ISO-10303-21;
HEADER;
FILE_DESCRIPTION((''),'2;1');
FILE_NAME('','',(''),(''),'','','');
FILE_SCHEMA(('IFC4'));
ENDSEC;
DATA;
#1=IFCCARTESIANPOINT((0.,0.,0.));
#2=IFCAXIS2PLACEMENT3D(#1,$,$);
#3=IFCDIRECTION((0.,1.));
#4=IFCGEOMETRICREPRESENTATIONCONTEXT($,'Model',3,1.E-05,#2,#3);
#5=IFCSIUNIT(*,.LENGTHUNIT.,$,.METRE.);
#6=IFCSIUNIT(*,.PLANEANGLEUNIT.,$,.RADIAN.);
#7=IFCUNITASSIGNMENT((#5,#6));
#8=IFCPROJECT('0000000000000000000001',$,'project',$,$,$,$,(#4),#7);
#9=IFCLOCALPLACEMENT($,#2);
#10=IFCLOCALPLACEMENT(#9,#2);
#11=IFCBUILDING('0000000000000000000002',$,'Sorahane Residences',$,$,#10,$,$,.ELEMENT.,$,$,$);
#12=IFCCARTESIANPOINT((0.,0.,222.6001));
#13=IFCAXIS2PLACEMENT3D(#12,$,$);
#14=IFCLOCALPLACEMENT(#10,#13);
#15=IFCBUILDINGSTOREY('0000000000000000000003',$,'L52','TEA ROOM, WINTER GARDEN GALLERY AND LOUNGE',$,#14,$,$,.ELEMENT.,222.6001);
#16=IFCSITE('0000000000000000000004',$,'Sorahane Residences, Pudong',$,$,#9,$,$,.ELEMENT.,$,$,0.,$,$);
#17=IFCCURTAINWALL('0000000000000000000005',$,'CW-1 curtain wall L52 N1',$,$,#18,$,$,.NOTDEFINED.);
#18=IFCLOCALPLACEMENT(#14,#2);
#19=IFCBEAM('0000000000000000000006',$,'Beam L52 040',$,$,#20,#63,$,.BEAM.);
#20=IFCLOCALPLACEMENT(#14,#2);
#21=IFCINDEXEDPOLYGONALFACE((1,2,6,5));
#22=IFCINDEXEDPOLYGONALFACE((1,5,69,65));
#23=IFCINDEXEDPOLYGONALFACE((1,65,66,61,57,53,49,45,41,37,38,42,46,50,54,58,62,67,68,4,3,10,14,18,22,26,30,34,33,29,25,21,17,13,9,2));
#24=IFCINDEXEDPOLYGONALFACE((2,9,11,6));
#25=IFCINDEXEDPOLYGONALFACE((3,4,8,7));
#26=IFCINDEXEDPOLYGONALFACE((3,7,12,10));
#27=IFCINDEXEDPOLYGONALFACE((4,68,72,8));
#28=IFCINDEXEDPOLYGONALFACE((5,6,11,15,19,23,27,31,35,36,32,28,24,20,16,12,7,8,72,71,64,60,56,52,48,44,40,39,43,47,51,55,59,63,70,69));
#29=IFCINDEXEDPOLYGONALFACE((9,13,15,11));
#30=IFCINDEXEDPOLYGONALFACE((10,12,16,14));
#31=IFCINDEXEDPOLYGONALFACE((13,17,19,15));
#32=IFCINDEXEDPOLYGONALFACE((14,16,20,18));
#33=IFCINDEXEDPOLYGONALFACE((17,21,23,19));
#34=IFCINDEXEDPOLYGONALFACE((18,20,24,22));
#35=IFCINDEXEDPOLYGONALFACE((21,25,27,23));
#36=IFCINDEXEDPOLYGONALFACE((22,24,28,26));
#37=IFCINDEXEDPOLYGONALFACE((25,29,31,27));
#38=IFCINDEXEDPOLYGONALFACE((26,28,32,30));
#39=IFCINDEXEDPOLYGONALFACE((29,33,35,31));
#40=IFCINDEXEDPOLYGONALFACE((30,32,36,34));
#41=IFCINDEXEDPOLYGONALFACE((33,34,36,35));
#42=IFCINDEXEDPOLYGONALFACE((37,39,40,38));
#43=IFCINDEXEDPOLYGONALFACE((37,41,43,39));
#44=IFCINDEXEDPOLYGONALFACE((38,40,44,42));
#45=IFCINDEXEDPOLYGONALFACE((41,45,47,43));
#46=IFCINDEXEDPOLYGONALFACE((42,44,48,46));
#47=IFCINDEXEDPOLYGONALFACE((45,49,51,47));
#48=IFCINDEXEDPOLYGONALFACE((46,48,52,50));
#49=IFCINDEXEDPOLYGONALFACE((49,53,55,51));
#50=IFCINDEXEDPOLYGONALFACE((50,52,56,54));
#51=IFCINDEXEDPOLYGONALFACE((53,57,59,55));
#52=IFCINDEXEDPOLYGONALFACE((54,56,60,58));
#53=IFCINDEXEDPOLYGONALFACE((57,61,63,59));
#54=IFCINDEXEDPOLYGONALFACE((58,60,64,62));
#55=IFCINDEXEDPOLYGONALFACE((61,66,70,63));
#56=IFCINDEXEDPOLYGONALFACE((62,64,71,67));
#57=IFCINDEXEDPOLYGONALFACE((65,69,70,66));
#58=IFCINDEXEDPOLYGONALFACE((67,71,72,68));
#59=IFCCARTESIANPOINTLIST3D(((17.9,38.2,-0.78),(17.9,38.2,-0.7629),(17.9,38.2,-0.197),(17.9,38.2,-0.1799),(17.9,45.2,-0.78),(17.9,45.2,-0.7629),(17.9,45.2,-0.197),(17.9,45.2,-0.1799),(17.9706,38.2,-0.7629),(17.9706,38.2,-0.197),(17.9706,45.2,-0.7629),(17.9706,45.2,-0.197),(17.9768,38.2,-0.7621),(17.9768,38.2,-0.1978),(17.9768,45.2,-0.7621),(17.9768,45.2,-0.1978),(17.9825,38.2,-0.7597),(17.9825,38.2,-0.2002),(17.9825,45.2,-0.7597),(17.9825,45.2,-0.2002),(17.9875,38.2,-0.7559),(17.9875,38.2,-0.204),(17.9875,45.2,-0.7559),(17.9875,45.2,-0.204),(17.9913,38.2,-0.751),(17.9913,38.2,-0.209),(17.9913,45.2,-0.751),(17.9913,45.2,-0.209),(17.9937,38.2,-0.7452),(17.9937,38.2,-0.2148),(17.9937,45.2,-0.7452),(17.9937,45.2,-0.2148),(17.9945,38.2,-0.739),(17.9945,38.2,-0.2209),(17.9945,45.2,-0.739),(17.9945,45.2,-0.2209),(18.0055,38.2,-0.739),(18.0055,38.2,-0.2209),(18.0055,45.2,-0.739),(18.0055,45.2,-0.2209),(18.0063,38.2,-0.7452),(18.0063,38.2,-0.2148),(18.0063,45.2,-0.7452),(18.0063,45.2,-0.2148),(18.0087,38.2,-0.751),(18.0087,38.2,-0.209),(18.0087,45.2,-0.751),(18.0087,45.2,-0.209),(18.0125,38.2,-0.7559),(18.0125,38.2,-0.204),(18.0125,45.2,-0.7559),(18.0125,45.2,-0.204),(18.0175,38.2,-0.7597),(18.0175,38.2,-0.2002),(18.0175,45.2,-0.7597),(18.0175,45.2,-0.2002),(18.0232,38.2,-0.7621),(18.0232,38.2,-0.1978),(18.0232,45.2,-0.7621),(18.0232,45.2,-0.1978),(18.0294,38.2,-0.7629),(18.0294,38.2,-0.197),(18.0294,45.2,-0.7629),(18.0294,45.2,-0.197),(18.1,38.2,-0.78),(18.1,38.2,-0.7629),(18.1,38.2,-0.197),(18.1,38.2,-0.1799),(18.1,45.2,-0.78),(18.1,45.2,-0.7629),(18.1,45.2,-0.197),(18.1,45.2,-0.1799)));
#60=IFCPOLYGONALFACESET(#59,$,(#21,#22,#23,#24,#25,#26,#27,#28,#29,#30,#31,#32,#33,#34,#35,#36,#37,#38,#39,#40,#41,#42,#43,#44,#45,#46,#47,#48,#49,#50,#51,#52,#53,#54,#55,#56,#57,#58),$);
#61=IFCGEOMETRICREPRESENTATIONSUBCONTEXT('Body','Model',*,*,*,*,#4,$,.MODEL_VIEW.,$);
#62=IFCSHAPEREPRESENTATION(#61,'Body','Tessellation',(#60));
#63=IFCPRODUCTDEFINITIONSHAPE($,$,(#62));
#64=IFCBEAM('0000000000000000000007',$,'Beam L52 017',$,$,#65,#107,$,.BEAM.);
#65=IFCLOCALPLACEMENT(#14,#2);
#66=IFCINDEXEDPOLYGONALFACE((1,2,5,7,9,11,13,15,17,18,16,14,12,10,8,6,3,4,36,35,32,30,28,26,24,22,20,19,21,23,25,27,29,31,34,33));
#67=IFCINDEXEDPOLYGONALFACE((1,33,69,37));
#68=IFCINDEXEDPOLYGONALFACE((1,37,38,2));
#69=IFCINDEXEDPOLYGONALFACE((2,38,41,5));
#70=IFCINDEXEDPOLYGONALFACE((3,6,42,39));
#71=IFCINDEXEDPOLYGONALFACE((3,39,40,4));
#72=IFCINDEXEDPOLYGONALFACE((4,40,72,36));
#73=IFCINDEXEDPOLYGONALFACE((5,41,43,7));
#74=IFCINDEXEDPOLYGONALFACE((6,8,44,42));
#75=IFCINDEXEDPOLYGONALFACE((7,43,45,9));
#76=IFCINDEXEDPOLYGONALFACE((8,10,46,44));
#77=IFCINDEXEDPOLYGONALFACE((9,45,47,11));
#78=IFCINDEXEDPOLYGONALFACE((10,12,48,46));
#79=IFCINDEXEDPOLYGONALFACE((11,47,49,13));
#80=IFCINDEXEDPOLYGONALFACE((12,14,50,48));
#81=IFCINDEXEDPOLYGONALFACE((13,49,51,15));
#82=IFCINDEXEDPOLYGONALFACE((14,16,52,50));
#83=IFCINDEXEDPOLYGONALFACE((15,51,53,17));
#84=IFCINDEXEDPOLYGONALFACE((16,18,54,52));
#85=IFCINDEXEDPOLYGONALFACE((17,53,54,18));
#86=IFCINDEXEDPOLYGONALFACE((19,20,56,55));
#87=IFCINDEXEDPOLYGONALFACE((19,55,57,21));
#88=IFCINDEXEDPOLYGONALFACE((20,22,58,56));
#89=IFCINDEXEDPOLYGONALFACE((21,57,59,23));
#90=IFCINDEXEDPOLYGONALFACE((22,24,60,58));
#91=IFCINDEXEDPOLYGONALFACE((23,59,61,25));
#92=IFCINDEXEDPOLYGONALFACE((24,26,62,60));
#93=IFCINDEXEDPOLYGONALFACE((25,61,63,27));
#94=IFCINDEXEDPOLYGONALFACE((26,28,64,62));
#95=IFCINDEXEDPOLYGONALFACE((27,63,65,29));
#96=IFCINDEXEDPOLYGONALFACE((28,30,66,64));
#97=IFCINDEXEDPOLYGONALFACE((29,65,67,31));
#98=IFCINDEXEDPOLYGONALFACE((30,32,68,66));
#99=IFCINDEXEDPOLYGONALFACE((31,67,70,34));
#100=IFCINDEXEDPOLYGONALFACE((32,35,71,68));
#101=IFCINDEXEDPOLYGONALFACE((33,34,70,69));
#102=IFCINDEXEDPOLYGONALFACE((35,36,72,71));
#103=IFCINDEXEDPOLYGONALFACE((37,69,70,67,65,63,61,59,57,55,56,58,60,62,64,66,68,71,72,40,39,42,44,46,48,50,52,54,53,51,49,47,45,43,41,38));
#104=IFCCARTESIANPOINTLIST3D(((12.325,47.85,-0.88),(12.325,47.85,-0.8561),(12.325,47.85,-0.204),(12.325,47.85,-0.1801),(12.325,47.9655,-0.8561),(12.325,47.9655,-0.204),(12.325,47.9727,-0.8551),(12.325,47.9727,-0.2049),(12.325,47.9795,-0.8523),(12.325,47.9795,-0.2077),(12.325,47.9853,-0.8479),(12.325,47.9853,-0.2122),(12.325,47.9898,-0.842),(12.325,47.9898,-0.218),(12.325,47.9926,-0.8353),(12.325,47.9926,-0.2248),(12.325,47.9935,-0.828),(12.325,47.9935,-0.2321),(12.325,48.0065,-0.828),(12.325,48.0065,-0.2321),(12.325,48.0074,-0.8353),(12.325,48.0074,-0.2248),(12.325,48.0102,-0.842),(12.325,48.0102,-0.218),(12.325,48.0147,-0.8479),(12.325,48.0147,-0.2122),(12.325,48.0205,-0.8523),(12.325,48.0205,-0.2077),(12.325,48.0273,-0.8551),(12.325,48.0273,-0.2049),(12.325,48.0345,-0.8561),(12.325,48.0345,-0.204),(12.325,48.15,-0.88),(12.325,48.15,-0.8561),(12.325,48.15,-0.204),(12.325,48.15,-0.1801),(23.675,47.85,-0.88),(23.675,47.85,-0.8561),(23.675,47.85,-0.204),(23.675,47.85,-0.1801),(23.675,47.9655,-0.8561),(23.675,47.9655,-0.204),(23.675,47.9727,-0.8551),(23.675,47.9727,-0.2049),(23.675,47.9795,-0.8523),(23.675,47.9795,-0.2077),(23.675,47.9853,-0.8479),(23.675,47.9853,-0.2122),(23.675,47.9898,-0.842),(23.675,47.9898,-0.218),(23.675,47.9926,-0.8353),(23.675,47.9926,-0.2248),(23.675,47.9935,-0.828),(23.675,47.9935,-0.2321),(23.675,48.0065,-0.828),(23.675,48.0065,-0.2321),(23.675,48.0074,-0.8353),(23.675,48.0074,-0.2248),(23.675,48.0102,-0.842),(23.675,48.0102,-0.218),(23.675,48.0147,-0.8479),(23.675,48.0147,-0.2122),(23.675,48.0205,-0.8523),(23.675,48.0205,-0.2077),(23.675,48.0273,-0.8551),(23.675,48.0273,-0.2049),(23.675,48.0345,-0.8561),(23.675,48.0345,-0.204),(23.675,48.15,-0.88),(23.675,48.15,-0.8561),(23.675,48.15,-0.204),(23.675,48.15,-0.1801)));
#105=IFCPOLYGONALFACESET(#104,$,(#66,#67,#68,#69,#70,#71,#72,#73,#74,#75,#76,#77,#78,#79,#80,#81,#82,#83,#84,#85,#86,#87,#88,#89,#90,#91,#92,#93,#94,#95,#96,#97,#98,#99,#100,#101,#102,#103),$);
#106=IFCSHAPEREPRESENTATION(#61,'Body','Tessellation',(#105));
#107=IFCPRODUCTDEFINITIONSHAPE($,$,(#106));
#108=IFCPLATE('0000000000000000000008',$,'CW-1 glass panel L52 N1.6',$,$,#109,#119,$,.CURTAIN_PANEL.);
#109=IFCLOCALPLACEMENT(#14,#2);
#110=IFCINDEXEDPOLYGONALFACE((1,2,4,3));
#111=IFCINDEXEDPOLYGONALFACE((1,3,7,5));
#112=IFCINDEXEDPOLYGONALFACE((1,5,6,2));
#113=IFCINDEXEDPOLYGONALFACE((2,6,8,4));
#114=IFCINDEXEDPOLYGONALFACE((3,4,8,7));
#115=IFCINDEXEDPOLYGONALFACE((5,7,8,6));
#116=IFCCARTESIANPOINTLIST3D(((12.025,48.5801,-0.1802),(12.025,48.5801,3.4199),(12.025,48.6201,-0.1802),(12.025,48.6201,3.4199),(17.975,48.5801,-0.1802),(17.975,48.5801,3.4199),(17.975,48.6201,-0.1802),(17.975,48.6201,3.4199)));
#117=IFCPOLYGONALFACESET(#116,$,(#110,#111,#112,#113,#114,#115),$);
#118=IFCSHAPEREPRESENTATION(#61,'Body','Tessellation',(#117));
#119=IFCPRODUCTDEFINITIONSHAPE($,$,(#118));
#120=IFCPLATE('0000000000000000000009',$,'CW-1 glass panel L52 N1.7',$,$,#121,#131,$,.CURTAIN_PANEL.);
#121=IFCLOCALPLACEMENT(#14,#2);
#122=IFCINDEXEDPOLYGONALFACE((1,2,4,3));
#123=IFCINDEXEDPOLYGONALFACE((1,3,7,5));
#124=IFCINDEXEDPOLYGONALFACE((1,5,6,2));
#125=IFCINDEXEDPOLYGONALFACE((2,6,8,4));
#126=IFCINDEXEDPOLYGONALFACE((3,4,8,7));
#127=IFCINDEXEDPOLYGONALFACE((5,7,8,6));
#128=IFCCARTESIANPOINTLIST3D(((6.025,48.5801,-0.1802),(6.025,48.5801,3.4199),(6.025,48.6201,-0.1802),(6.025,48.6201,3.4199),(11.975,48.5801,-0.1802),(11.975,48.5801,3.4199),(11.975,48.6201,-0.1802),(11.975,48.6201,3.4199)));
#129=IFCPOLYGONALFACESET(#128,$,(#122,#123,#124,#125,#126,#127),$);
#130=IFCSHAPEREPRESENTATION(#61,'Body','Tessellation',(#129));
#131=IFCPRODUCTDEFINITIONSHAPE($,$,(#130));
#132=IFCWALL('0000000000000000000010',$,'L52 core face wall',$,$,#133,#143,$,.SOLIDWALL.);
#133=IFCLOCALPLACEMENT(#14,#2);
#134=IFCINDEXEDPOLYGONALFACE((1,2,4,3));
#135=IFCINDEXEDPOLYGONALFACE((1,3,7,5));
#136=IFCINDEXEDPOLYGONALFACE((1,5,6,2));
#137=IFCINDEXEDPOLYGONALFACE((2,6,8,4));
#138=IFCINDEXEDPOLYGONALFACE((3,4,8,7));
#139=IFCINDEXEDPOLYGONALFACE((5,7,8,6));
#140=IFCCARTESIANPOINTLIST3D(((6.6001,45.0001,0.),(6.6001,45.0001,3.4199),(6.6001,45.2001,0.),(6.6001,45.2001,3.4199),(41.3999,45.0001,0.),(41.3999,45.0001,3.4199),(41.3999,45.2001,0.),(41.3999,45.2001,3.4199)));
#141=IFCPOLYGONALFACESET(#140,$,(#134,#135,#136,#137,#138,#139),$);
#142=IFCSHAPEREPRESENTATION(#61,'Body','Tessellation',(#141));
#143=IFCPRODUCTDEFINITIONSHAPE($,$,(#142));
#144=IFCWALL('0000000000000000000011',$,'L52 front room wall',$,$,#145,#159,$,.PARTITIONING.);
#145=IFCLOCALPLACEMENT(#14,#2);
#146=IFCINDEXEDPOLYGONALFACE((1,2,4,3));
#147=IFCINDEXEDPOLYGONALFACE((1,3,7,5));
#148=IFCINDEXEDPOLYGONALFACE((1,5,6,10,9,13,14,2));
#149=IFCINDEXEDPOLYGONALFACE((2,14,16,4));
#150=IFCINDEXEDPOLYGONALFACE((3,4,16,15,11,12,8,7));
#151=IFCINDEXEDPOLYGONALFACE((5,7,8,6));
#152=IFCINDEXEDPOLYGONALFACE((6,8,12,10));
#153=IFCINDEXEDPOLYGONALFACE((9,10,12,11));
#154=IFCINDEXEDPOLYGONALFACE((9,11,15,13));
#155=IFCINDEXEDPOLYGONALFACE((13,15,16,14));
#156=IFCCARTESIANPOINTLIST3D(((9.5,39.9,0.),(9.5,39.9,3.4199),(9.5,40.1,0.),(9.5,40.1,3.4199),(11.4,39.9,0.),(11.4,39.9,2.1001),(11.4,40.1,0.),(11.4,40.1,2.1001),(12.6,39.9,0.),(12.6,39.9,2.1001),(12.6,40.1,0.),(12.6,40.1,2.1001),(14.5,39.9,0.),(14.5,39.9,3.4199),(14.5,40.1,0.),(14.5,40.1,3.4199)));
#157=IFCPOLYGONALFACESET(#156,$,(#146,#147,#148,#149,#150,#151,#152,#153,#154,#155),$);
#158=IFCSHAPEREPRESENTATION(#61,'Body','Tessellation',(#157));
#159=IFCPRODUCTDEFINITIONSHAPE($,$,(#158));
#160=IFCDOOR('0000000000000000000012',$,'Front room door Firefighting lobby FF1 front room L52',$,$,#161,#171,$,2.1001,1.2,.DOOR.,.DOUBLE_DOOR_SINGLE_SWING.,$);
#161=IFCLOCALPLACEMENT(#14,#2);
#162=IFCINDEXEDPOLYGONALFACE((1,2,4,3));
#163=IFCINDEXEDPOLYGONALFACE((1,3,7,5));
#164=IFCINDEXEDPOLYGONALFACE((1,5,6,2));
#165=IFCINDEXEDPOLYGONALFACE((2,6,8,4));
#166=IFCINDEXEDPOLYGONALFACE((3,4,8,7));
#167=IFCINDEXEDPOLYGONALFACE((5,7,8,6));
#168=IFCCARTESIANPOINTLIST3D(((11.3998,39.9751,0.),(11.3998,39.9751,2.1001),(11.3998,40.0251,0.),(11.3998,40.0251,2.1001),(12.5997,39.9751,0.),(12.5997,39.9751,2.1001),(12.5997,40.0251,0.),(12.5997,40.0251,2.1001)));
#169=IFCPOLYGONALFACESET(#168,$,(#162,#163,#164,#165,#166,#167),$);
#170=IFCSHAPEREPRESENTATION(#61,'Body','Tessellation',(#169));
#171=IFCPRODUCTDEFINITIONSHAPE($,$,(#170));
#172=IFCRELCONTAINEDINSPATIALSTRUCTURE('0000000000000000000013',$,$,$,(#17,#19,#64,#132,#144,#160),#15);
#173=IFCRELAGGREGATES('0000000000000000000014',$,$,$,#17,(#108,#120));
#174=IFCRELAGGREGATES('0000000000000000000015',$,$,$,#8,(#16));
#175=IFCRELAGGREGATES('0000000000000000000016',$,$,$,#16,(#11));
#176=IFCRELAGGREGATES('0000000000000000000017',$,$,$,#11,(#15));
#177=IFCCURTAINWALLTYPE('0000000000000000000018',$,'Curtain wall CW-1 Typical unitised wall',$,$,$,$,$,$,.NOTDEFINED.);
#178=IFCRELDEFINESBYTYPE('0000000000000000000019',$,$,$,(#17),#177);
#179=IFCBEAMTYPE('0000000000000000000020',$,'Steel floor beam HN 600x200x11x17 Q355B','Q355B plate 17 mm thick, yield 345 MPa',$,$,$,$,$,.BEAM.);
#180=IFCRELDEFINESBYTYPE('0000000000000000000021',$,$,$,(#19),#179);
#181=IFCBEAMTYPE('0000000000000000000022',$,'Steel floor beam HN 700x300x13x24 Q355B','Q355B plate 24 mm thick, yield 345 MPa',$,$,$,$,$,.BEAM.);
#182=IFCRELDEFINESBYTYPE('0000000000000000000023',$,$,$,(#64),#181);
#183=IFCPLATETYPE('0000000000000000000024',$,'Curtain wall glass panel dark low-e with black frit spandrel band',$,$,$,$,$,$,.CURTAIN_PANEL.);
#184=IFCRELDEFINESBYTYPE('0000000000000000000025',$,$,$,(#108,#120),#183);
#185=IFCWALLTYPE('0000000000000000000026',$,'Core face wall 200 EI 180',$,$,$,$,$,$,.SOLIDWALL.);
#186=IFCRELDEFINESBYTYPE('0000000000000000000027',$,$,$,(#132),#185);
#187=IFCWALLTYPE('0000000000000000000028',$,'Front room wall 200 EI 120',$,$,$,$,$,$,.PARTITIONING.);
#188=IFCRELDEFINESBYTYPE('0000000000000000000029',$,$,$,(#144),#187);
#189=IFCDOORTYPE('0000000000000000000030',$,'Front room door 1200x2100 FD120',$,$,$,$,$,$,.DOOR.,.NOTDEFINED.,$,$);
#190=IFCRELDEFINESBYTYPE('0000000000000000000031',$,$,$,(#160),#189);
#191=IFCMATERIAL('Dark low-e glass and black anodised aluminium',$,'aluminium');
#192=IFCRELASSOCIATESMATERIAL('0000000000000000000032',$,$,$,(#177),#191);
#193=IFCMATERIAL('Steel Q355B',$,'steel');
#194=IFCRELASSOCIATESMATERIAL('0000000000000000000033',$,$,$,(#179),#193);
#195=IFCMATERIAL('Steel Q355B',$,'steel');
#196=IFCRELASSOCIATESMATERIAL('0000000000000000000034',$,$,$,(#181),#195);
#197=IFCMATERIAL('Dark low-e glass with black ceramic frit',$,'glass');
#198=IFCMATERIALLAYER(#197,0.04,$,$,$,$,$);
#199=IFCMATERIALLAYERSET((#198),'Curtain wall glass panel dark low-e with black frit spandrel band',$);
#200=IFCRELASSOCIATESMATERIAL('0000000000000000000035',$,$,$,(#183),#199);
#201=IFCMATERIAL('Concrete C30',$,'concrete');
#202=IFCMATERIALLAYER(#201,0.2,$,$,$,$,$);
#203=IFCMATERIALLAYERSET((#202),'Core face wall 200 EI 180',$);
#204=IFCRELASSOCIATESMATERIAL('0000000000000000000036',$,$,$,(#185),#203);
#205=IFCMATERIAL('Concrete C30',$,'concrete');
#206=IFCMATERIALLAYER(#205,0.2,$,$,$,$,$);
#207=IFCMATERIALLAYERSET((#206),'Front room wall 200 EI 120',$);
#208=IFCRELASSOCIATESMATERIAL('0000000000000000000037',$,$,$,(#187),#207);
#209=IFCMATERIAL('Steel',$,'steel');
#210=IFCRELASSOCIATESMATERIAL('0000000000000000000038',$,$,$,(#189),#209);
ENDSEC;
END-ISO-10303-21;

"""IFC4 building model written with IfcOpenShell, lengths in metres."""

from ifc_helpers import new_model, si_unit, direction, frame, frame_2d, origin, origin_2d, place, context, subcontext, project, spatial, rectangle, i_section, extrude, material, layer, layer_set, material_profile, profile_set, type_object, element, fill, aggregate, save


model = new_model("IFC4")

# Units and contexts
model_context = context("Model", 3, precision=1e-05, world=origin(), true_north=direction((0.0, 1.0)))
body_context = subcontext(model_context, "Body", "Model", "MODEL_VIEW")
ifc_project = project(units=[si_unit("LENGTHUNIT", "METRE"), si_unit("PLANEANGLEUNIT", "RADIAN")], contexts=[model_context])

# Site, building, storey
site_placement = place(None, origin())
site = spatial("IfcSite", under=ifc_project, at=site_placement, Name="Sorahane Residences, Pudong", CompositionType="ELEMENT", RefElevation=0.0)
building_placement = place(site_placement, origin())
building = spatial("IfcBuilding", under=site, at=building_placement, Name="Sorahane Residences", CompositionType="ELEMENT")
storey_placement = place(building_placement, frame((0.0, 0.0, 222.6001)))
storey = spatial("IfcBuildingStorey", under=building, at=storey_placement, Name="L52", Description="TEA ROOM, WINTER GARDEN GALLERY AND LOUNGE", CompositionType="ELEMENT", Elevation=222.6001)

# Curtain wall
ifc_material_1 = material(Name="Dark low-e glass and black anodised aluminium", Category="aluminium")
curtain_wall_type = type_object("IfcCurtainWallType", Name="Curtain wall CW-1 Typical unitised wall", PredefinedType="NOTDEFINED", material=ifc_material_1)
curtain_wall_placement = place(storey_placement, origin())
curtain_wall = element("IfcCurtainWall", 1, at=curtain_wall_placement, inside=storey, type_object=curtain_wall_type, Name="CW-1 curtain wall L52 N1", PredefinedType="NOTDEFINED")

# Beams
ifc_material_2 = material(Name="Steel Q355B", Category="steel")
ifc_material_profile_1 = material_profile(ifc_material_2, i_section(OverallWidth=0.2, OverallDepth=0.6001, WebThickness=0.011, FlangeThickness=0.0171, FilletRadius=0.0239, at=origin_2d()), Name="HN 600x200x11x17")
ifc_profile_set_1 = profile_set([ifc_material_profile_1], Name="Steel Q355B")
beam_type_1 = type_object("IfcBeamType", Name="Steel floor beam HN 600x200x11x17 Q355B", Description="Q355B plate 17 mm thick, yield 345 MPa", PredefinedType="BEAM", material=ifc_profile_set_1)
for number, where, z_axis, x_axis, name in (
    (2, (18.0, 38.2, -0.48), (0.0, 1.0, 0.0), (-1.0, 0.0, 0.0), "Beam L52 040"),
):
    element("IfcBeam", number, at=place(storey_placement, frame(where, z_axis=z_axis, x_axis=x_axis)), inside=storey, type_object=beam_type_1, Name=name, PredefinedType="BEAM", context=body_context, shape_type="SweptSolid", body=[
        extrude(i_section(OverallWidth=0.2, OverallDepth=0.6001, WebThickness=0.011, FlangeThickness=0.0171, FilletRadius=0.0239, at=origin_2d()), origin(), (0.0, 0.0, 1.0), 7.0),
    ])
ifc_material_3 = material(Name="Steel Q355B", Category="steel")
ifc_material_profile_2 = material_profile(ifc_material_3, i_section(OverallWidth=0.3, OverallDepth=0.7, WebThickness=0.0129, FlangeThickness=0.0239, FilletRadius=0.0281, at=origin_2d()), Name="HN 700x300x13x24")
ifc_profile_set_2 = profile_set([ifc_material_profile_2], Name="Steel Q355B")
beam_type_2 = type_object("IfcBeamType", Name="Steel floor beam HN 700x300x13x24 Q355B", Description="Q355B plate 24 mm thick, yield 345 MPa", PredefinedType="BEAM", material=ifc_profile_set_2)
beam_1_placement = place(storey_placement, frame((12.325, 48.0, -0.53), z_axis=(1.0, 0.0, 0.0), x_axis=(0.0, 1.0, 0.0)))
element("IfcBeam", 3, at=beam_1_placement, inside=storey, type_object=beam_type_2, Name="Beam L52 017", PredefinedType="BEAM", context=body_context, shape_type="SweptSolid", body=[
    extrude(i_section(OverallWidth=0.3, OverallDepth=0.7, WebThickness=0.0129, FlangeThickness=0.0239, FilletRadius=0.0281, at=origin_2d()), origin(), (0.0, 0.0, 1.0), 11.3501),
])

# Plates
ifc_material_4 = material(Name="Dark low-e glass with black ceramic frit", Category="glass")
ifc_layer_1 = layer(ifc_material_4, 0.04)
ifc_layer_set_1 = layer_set([ifc_layer_1], Name="Curtain wall glass panel dark low-e with black frit spandrel band")
plate_type = type_object("IfcPlateType", Name="Curtain wall glass panel dark low-e with black frit spandrel band", PredefinedType="CURTAIN_PANEL", material=ifc_layer_set_1)
plate_1_placement = place(storey_placement, frame((15.0, 48.6001, -0.1802), z_axis=(0.0, 0.0, 1.0), x_axis=(-1.0, 0.0, 0.0)))
plate_1 = element("IfcPlate", 4, at=plate_1_placement, type_object=plate_type, Name="CW-1 glass panel L52 N1.6", PredefinedType="CURTAIN_PANEL", context=body_context, shape_type="SweptSolid", body=[
    extrude(rectangle(XDim=5.95, YDim=0.04, at=origin_2d()), origin(), (0.0, 0.0, 1.0), 3.6001),
])
plate_2_placement = place(storey_placement, frame((9.0, 48.6001, -0.1802), z_axis=(0.0, 0.0, 1.0), x_axis=(-1.0, 0.0, 0.0)))
plate_2 = element("IfcPlate", 5, at=plate_2_placement, type_object=plate_type, Name="CW-1 glass panel L52 N1.7", PredefinedType="CURTAIN_PANEL", context=body_context, shape_type="SweptSolid", body=[
    extrude(rectangle(XDim=5.95, YDim=0.04, at=origin_2d()), origin(), (0.0, 0.0, 1.0), 3.6001),
])
aggregate(curtain_wall, [plate_1, plate_2])

# Wall
ifc_material_5 = material(Name="Concrete C30", Category="concrete")
ifc_layer_2 = layer(ifc_material_5, 0.2)
ifc_layer_set_2 = layer_set([ifc_layer_2], Name="Core face wall 200 EI 180")
wall_type_1 = type_object("IfcWallType", Name="Core face wall 200 EI 180", PredefinedType="SOLIDWALL", material=ifc_layer_set_2)
wall_1_placement = place(storey_placement, frame((6.6001, 45.1001, 0.0), z_axis=(0.0, 0.0, 1.0), x_axis=(1.0, 0.0, 0.0)))
element("IfcWall", 6, at=wall_1_placement, inside=storey, type_object=wall_type_1, Name="L52 core face wall", PredefinedType="SOLIDWALL", context=body_context, shape_type="SweptSolid", body=[
    extrude(rectangle(XDim=34.7998, YDim=0.2, at=frame_2d((17.3999, 0.0))), origin(), (0.0, 0.0, 1.0), 3.4199),
])

# Wall, opening, door
ifc_material_6 = material(Name="Concrete C30", Category="concrete")
ifc_layer_3 = layer(ifc_material_6, 0.2)
ifc_layer_set_3 = layer_set([ifc_layer_3], Name="Front room wall 200 EI 120")
wall_type_2 = type_object("IfcWallType", Name="Front room wall 200 EI 120", PredefinedType="PARTITIONING", material=ifc_layer_set_3)
wall_2_placement = place(storey_placement, frame((9.5, 40.0, 0.0), z_axis=(0.0, 0.0, 1.0), x_axis=(1.0, 0.0, 0.0)))
wall_2 = element("IfcWall", 7, at=wall_2_placement, inside=storey, type_object=wall_type_2, Name="L52 front room wall", PredefinedType="PARTITIONING", context=body_context, shape_type="SweptSolid", body=[
    extrude(rectangle(XDim=5.0, YDim=0.2, at=frame_2d((2.5, 0.0))), origin(), (0.0, 0.0, 1.0), 3.4199),
])
opening_placement = place(wall_2_placement, frame((1.8999, 0.0, 0.0)))
opening = element("IfcOpeningElement", 8, at=opening_placement, cuts=wall_2, PredefinedType="OPENING", context=body_context, shape_type="SweptSolid", body=[
    extrude(rectangle(XDim=1.2, YDim=2.1001, at=frame_2d((0.6001, 1.05))), frame((0.0, 0.1099, 0.0), z_axis=(0.0, -1.0, 0.0), x_axis=(1.0, 0.0, 0.0)), (0.0, 0.0, 1.0), 0.22),
])
ifc_material_7 = material(Name="Steel", Category="steel")
door_type = type_object("IfcDoorType", Name="Front room door 1200x2100 FD120", OperationType="NOTDEFINED", PredefinedType="DOOR", material=ifc_material_7)
door_placement = place(opening_placement, frame((1.2, 0.0, 0.0), z_axis=(0.0, 0.0, 1.0), x_axis=(-1.0, 0.0, 0.0)))
door = element("IfcDoor", 9, at=door_placement, inside=storey, type_object=door_type, Name="Front room door Firefighting lobby FF1 front room L52", OperationType="DOUBLE_DOOR_SINGLE_SWING", OverallHeight=2.1001, OverallWidth=1.2, PredefinedType="DOOR", context=body_context, shape_type="SweptSolid", body=[
    extrude(rectangle(XDim=1.2, YDim=2.1001, at=frame_2d((0.6001, 1.05))), frame((0.0, 0.0249, 0.0), z_axis=(0.0, -1.0, 0.0), x_axis=(1.0, 0.0, 0.0)), (0.0, 0.0, 1.0), 0.05),
])
fill(opening, door)

save(model, "model.ifc")
